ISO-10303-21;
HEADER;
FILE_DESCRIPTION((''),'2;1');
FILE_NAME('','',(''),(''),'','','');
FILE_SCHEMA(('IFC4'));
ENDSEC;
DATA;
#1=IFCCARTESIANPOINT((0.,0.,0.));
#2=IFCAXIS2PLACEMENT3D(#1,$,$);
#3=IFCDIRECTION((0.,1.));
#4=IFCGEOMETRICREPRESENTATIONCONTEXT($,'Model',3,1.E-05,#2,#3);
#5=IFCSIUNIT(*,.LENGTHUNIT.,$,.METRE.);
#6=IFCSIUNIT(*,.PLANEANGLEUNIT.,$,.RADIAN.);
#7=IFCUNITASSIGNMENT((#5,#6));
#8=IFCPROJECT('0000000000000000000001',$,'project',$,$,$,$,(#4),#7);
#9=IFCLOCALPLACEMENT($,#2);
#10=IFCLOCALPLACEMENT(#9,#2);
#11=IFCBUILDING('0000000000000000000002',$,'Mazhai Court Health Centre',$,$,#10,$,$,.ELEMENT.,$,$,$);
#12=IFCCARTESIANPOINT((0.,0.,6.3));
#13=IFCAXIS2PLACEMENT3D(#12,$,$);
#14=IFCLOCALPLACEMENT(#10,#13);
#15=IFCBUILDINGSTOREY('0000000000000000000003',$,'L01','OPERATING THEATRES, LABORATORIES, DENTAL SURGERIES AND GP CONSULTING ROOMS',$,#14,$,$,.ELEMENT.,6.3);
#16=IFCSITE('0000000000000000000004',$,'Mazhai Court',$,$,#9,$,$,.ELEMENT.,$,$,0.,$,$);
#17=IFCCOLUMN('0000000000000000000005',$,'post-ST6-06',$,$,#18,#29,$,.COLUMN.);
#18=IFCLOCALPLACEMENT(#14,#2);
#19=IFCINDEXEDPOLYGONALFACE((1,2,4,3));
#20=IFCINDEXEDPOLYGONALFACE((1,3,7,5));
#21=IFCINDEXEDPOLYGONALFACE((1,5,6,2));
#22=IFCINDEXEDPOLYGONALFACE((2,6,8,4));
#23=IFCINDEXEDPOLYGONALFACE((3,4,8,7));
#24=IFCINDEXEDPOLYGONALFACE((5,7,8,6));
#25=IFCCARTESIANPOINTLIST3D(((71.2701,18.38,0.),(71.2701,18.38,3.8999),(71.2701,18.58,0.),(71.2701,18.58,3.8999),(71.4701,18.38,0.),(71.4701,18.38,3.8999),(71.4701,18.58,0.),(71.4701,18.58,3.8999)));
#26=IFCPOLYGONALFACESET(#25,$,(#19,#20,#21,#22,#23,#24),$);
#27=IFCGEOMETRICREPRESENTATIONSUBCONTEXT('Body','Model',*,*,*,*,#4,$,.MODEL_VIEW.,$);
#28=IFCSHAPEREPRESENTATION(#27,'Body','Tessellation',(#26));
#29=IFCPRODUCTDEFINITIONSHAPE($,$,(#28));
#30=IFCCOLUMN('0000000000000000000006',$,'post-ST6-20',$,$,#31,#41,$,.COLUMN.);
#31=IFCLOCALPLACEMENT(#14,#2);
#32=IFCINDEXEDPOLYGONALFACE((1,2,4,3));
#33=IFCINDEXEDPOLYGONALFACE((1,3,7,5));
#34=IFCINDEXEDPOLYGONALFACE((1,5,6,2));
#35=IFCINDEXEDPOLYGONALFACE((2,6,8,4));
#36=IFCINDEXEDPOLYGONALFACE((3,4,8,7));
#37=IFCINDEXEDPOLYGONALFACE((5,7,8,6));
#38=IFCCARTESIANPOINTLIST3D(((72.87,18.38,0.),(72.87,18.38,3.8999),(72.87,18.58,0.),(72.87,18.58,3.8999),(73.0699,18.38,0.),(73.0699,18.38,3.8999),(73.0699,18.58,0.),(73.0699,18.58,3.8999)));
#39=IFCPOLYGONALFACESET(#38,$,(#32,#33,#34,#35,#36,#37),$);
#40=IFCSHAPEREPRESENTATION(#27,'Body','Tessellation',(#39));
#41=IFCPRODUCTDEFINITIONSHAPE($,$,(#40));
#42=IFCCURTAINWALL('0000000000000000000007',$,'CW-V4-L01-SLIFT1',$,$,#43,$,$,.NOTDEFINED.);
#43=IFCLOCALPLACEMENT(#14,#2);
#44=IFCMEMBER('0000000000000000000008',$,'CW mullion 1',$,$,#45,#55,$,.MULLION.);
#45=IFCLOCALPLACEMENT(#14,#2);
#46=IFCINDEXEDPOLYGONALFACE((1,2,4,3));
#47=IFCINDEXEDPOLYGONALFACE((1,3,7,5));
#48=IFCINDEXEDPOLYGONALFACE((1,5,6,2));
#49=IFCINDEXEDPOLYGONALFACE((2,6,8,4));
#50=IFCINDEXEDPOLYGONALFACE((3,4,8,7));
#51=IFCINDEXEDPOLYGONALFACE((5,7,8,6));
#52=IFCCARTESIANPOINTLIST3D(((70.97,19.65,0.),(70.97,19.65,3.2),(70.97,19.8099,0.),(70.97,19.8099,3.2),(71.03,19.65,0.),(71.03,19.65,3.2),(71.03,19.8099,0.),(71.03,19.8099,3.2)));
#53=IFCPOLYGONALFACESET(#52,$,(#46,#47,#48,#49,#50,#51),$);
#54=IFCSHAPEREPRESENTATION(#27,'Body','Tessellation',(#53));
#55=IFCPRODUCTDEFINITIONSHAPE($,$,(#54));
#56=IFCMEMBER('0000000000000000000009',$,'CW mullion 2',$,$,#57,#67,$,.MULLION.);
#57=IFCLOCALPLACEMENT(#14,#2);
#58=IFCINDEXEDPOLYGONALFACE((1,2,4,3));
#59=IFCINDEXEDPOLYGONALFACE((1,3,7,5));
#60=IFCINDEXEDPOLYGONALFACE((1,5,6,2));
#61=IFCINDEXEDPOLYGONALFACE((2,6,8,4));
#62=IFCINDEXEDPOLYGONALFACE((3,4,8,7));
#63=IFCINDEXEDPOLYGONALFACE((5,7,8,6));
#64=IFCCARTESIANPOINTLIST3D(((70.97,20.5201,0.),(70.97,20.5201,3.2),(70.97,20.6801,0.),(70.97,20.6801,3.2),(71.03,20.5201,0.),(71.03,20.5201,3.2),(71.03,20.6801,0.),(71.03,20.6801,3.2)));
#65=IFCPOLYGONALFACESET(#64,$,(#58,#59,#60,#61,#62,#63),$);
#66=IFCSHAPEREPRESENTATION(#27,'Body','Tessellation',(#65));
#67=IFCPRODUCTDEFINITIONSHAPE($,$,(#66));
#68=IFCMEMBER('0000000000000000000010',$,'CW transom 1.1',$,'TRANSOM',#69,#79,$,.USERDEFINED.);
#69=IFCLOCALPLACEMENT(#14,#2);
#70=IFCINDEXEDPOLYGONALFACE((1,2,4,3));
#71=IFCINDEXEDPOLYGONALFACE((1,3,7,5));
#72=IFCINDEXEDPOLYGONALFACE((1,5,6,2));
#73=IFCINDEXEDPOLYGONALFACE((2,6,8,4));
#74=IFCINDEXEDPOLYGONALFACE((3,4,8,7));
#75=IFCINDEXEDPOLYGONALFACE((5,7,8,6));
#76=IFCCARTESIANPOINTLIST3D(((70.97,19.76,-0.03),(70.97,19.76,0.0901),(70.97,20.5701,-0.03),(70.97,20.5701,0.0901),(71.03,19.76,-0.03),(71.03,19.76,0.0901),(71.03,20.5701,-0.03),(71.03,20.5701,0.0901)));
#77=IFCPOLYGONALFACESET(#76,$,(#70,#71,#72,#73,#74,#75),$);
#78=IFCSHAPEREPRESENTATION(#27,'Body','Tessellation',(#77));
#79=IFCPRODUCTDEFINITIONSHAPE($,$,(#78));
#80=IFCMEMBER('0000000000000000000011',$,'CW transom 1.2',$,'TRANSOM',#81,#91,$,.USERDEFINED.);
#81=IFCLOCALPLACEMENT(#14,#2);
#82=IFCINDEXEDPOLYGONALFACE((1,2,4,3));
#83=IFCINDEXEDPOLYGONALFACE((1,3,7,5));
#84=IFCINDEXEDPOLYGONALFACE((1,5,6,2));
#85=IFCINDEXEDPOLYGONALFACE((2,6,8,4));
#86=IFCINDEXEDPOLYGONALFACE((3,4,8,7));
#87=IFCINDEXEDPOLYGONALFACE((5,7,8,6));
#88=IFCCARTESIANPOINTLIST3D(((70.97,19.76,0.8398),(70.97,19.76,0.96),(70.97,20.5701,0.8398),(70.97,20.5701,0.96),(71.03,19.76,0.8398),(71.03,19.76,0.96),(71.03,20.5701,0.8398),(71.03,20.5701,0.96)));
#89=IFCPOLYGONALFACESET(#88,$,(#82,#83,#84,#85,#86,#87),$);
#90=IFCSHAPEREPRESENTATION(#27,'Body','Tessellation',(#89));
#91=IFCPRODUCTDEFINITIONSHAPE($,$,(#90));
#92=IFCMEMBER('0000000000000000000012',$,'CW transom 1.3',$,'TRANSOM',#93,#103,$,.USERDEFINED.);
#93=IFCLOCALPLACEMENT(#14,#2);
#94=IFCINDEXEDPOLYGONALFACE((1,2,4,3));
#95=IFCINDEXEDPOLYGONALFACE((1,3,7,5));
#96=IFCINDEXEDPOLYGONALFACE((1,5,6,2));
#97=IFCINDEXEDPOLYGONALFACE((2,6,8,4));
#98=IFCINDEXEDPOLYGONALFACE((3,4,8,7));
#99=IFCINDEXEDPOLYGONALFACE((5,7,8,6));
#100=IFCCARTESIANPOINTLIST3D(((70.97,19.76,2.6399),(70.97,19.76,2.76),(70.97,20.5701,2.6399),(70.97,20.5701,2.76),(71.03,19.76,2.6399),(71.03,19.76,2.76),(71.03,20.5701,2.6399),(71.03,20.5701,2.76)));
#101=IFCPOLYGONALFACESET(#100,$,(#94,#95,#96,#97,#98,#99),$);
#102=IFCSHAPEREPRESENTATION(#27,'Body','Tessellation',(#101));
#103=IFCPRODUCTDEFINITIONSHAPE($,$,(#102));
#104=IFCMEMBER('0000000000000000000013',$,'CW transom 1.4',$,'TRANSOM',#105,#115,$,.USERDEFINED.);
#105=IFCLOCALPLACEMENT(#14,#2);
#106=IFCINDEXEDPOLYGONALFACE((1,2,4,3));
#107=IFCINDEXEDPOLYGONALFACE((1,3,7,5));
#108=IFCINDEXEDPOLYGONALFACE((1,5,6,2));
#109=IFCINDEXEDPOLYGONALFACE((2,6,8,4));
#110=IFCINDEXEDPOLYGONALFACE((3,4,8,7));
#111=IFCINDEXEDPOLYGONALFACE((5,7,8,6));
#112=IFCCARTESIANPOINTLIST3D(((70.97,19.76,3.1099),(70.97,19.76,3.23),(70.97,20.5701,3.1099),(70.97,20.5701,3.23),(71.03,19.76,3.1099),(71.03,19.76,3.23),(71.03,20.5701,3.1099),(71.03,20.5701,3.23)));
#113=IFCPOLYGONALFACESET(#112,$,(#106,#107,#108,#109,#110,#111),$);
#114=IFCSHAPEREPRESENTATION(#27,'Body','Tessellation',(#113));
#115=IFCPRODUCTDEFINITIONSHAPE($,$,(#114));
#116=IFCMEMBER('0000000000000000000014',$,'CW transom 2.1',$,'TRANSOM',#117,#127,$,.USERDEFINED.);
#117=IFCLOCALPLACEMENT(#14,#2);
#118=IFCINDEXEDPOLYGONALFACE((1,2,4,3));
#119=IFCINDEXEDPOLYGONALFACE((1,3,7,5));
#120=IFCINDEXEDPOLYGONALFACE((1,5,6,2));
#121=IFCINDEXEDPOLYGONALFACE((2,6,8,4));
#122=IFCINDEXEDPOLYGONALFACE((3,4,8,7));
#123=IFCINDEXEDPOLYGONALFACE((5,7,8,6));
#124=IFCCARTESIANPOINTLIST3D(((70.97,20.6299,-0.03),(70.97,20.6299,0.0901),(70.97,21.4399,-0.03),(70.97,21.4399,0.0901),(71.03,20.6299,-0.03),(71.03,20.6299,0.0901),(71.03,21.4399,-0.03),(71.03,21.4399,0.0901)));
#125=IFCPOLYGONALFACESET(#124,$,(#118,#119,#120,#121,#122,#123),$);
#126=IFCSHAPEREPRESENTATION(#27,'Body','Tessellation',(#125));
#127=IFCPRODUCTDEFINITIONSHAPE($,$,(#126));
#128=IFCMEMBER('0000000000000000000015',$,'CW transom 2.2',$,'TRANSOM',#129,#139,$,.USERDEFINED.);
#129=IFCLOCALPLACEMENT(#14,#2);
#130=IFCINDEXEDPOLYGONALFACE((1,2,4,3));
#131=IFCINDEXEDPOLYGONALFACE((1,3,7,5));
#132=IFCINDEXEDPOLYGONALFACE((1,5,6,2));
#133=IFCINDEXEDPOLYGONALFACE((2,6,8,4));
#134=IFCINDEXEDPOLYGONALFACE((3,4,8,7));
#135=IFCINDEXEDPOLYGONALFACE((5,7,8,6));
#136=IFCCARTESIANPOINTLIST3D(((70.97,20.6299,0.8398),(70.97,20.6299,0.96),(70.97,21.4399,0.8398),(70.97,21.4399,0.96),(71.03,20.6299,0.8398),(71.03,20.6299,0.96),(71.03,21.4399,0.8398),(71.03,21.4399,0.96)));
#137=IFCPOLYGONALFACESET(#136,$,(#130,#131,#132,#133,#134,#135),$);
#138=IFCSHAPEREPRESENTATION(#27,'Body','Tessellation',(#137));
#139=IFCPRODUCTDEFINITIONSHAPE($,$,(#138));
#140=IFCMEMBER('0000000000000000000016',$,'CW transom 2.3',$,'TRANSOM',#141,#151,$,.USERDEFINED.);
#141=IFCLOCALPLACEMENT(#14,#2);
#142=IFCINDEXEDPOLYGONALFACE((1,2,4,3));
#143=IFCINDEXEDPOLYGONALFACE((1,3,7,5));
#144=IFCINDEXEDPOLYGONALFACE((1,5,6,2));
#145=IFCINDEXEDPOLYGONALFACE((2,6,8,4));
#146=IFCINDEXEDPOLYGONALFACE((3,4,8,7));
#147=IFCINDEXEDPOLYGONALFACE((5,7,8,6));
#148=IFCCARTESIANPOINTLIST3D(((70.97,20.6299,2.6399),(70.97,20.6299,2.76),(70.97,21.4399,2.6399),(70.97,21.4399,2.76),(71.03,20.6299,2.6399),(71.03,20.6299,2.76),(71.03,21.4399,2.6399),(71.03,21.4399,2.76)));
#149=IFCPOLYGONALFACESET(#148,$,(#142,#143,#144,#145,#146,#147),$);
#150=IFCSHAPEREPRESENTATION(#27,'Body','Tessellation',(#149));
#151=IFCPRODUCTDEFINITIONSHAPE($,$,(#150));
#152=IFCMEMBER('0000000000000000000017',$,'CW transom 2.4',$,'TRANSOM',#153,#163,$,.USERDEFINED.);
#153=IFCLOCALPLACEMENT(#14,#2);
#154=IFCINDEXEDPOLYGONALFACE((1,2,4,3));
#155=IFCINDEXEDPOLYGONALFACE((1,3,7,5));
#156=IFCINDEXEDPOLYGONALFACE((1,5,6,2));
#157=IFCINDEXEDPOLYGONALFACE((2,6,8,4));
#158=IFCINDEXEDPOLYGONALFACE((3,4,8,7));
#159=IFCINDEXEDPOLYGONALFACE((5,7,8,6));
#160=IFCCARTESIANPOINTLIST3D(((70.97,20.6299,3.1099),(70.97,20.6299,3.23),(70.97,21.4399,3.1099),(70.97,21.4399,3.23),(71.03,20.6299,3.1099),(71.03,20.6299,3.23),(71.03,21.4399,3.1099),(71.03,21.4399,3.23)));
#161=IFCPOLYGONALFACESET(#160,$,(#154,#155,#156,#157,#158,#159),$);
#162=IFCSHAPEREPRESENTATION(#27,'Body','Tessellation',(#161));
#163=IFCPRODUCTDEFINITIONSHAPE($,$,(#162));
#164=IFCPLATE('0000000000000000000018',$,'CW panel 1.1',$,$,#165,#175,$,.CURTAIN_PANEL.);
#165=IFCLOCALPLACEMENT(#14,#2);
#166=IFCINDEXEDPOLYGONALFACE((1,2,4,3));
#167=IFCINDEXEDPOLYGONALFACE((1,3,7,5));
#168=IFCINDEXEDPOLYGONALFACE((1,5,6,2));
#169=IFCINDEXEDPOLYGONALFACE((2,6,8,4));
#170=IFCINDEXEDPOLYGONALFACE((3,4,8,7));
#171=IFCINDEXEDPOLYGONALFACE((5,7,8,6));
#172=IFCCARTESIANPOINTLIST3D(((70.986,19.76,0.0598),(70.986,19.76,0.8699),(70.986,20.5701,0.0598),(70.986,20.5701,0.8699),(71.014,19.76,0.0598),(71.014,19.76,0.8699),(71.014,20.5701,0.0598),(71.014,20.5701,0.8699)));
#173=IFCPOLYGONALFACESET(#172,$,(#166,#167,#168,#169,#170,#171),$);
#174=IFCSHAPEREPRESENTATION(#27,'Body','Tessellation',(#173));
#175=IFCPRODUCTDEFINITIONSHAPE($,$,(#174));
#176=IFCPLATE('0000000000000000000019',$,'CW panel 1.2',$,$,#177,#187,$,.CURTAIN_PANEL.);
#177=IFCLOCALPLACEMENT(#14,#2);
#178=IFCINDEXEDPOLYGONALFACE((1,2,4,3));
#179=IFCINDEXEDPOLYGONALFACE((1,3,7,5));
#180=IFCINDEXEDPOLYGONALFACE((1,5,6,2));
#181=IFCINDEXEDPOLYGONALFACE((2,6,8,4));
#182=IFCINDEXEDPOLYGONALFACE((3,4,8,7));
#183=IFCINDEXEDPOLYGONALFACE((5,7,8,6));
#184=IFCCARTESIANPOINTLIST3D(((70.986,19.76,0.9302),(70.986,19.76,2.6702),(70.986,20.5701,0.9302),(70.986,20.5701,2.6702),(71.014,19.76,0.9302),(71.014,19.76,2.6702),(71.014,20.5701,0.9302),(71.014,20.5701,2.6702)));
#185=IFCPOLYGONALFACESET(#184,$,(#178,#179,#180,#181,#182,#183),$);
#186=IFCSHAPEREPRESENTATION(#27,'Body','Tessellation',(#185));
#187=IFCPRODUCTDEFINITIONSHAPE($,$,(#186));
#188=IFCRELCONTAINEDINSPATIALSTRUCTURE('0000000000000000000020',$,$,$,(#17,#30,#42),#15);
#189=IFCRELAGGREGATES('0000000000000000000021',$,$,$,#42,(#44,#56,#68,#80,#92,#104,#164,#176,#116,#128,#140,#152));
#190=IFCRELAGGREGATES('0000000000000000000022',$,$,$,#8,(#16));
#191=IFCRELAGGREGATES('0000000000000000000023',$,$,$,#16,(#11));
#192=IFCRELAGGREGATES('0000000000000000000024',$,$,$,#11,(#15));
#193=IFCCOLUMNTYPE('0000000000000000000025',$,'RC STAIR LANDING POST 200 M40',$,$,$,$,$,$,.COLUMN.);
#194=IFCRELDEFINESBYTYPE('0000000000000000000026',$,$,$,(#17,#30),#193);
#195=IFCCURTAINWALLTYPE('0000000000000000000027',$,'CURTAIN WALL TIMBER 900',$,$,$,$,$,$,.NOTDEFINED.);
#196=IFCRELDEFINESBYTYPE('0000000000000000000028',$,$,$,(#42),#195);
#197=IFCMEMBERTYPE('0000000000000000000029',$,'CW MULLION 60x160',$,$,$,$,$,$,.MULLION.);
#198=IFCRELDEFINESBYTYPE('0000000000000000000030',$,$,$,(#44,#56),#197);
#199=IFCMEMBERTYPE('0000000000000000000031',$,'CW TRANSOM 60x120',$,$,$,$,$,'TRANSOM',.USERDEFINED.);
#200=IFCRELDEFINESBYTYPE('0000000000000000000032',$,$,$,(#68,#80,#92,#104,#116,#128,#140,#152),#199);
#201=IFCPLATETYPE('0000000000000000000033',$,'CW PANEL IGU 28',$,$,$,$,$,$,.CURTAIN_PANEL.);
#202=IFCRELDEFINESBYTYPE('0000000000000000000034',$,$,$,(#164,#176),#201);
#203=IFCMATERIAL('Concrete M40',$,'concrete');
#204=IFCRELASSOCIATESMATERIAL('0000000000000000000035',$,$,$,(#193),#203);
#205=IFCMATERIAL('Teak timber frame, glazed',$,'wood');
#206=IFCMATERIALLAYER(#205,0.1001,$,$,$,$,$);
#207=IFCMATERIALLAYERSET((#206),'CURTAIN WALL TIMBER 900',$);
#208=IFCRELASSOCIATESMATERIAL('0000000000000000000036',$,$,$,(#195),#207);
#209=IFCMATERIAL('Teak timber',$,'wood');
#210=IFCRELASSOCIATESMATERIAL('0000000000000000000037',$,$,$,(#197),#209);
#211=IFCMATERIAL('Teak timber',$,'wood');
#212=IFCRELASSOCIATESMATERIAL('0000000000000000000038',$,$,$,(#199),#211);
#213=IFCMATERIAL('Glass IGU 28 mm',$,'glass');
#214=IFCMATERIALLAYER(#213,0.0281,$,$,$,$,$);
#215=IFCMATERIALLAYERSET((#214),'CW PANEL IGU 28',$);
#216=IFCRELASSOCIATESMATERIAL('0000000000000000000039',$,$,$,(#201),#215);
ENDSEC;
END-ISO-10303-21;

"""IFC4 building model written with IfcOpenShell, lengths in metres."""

from ifc_helpers import new_model, si_unit, direction, frame, origin, origin_2d, place, context, subcontext, project, spatial, rectangle, extrude, material, layer, layer_set, material_profile, profile_set, type_object, element, aggregate, save


model = new_model("IFC4")

# Units and contexts
model_context = context("Model", 3, precision=1e-05, world=origin(), true_north=direction((0.0, 1.0)))
body_context = subcontext(model_context, "Body", "Model", "MODEL_VIEW")
ifc_project = project(units=[si_unit("LENGTHUNIT", "METRE"), si_unit("PLANEANGLEUNIT", "RADIAN")], contexts=[model_context])

# Site, building, storey
site_placement = place(None, origin())
site = spatial("IfcSite", under=ifc_project, at=site_placement, Name="Mazhai Court", CompositionType="ELEMENT", RefElevation=0.0)
building_placement = place(site_placement, origin())
building = spatial("IfcBuilding", under=site, at=building_placement, Name="Mazhai Court Health Centre", CompositionType="ELEMENT")
storey_placement = place(building_placement, frame((0.0, 0.0, 6.3)))
storey = spatial("IfcBuildingStorey", under=building, at=storey_placement, Name="L01", Description="OPERATING THEATRES, LABORATORIES, DENTAL SURGERIES AND GP CONSULTING ROOMS", CompositionType="ELEMENT", Elevation=6.3)

# Columns
ifc_material_1 = material(Name="Concrete M40", Category="concrete")
ifc_material_profile_1 = material_profile(ifc_material_1, rectangle(XDim=0.2, YDim=0.2, at=origin_2d()), Name="RC 200x200")
ifc_profile_set_1 = profile_set([ifc_material_profile_1], Name="Concrete M40")
column_type = type_object("IfcColumnType", Name="RC STAIR LANDING POST 200 M40", PredefinedType="COLUMN", material=ifc_profile_set_1)
for number, where, z_axis, x_axis, name in (
    (1, (71.3701, 18.48, 0.0), (0.0, 0.0, 1.0), (1.0, 0.0, 0.0), "post-ST6-06"),
    (2, (72.97, 18.48, 0.0), (0.0, 0.0, 1.0), (1.0, 0.0, 0.0), "post-ST6-20"),
):
    element("IfcColumn", number, at=place(storey_placement, frame(where, z_axis=z_axis, x_axis=x_axis)), inside=storey, type_object=column_type, Name=name, PredefinedType="COLUMN", context=body_context, shape_type="SweptSolid", body=[
        extrude(rectangle(XDim=0.2, YDim=0.2, at=origin_2d()), origin(), (0.0, 0.0, 1.0), 3.8999),
    ])

# Curtain wall, members, plates
ifc_material_2 = material(Name="Teak timber frame, glazed", Category="wood")
ifc_layer_1 = layer(ifc_material_2, 0.1001)
ifc_layer_set_1 = layer_set([ifc_layer_1], Name="CURTAIN WALL TIMBER 900")
curtain_wall_type = type_object("IfcCurtainWallType", Name="CURTAIN WALL TIMBER 900", PredefinedType="NOTDEFINED", material=ifc_layer_set_1)
curtain_wall_placement = place(storey_placement, origin())
curtain_wall = element("IfcCurtainWall", 3, at=curtain_wall_placement, inside=storey, type_object=curtain_wall_type, Name="CW-V4-L01-SLIFT1", PredefinedType="NOTDEFINED")
ifc_material_3 = material(Name="Teak timber", Category="wood")
ifc_material_profile_2 = material_profile(ifc_material_3, rectangle(XDim=0.0601, YDim=0.1599, at=origin_2d()), Name="CW MULLION 60x160")
ifc_profile_set_2 = profile_set([ifc_material_profile_2], Name="Teak timber")
member_type_1 = type_object("IfcMemberType", Name="CW MULLION 60x160", PredefinedType="MULLION", material=ifc_profile_set_2)
member_1_placement = place(storey_placement, frame((71.0, 19.73, 0.0), z_axis=(0.0, 0.0, 1.0), x_axis=(-1.0, 0.0, 0.0)))
member_1 = element("IfcMember", 4, at=member_1_placement, type_object=member_type_1, Name="CW mullion 1", PredefinedType="MULLION", context=body_context, shape_type="SweptSolid", body=[
    extrude(rectangle(XDim=0.0601, YDim=0.1599, at=origin_2d()), origin(), (0.0, 0.0, 1.0), 3.2),
])
member_2_placement = place(storey_placement, frame((71.0, 20.6001, 0.0), z_axis=(0.0, 0.0, 1.0), x_axis=(-1.0, 0.0, 0.0)))
member_2 = element("IfcMember", 5, at=member_2_placement, type_object=member_type_1, Name="CW mullion 2", PredefinedType="MULLION", context=body_context, shape_type="SweptSolid", body=[
    extrude(rectangle(XDim=0.0601, YDim=0.1599, at=origin_2d()), origin(), (0.0, 0.0, 1.0), 3.2),
])
ifc_material_4 = material(Name="Teak timber", Category="wood")
ifc_material_profile_3 = material_profile(ifc_material_4, rectangle(XDim=0.0601, YDim=0.1201, at=origin_2d()), Name="CW TRANSOM 60x120")
ifc_profile_set_3 = profile_set([ifc_material_profile_3], Name="Teak timber")
member_type_2 = type_object("IfcMemberType", Name="CW TRANSOM 60x120", ElementType="TRANSOM", PredefinedType="USERDEFINED", material=ifc_profile_set_3)
member_3_placement = place(storey_placement, frame((71.0, 19.76, 0.03), z_axis=(0.0, 1.0, 0.0), x_axis=(-1.0, 0.0, 0.0)))
member_3 = element("IfcMember", 6, at=member_3_placement, type_object=member_type_2, Name="CW transom 1.1", ObjectType="TRANSOM", PredefinedType="USERDEFINED", context=body_context, shape_type="SweptSolid", body=[
    extrude(rectangle(XDim=0.0601, YDim=0.1201, at=origin_2d()), origin(), (0.0, 0.0, 1.0), 0.8101),
])
member_4_placement = place(storey_placement, frame((71.0, 19.76, 0.8999), z_axis=(0.0, 1.0, 0.0), x_axis=(-1.0, 0.0, 0.0)))
member_4 = element("IfcMember", 7, at=member_4_placement, type_object=member_type_2, Name="CW transom 1.2", ObjectType="TRANSOM", PredefinedType="USERDEFINED", context=body_context, shape_type="SweptSolid", body=[
    extrude(rectangle(XDim=0.0601, YDim=0.1201, at=origin_2d()), origin(), (0.0, 0.0, 1.0), 0.8101),
])
member_5_placement = place(storey_placement, frame((71.0, 19.76, 2.7), z_axis=(0.0, 1.0, 0.0), x_axis=(-1.0, 0.0, 0.0)))
member_5 = element("IfcMember", 8, at=member_5_placement, type_object=member_type_2, Name="CW transom 1.3", ObjectType="TRANSOM", PredefinedType="USERDEFINED", context=body_context, shape_type="SweptSolid", body=[
    extrude(rectangle(XDim=0.0601, YDim=0.1201, at=origin_2d()), origin(), (0.0, 0.0, 1.0), 0.8101),
])
member_6_placement = place(storey_placement, frame((71.0, 19.76, 3.1699), z_axis=(0.0, 1.0, 0.0), x_axis=(-1.0, 0.0, 0.0)))
member_6 = element("IfcMember", 9, at=member_6_placement, type_object=member_type_2, Name="CW transom 1.4", ObjectType="TRANSOM", PredefinedType="USERDEFINED", context=body_context, shape_type="SweptSolid", body=[
    extrude(rectangle(XDim=0.0601, YDim=0.1201, at=origin_2d()), origin(), (0.0, 0.0, 1.0), 0.8101),
])
member_7_placement = place(storey_placement, frame((71.0, 20.6299, 0.03), z_axis=(0.0, 1.0, 0.0), x_axis=(-1.0, 0.0, 0.0)))
member_7 = element("IfcMember", 10, at=member_7_placement, type_object=member_type_2, Name="CW transom 2.1", ObjectType="TRANSOM", PredefinedType="USERDEFINED", context=body_context, shape_type="SweptSolid", body=[
    extrude(rectangle(XDim=0.0601, YDim=0.1201, at=origin_2d()), origin(), (0.0, 0.0, 1.0), 0.8101),
])
member_8_placement = place(storey_placement, frame((71.0, 20.6299, 0.8999), z_axis=(0.0, 1.0, 0.0), x_axis=(-1.0, 0.0, 0.0)))
member_8 = element("IfcMember", 11, at=member_8_placement, type_object=member_type_2, Name="CW transom 2.2", ObjectType="TRANSOM", PredefinedType="USERDEFINED", context=body_context, shape_type="SweptSolid", body=[
    extrude(rectangle(XDim=0.0601, YDim=0.1201, at=origin_2d()), origin(), (0.0, 0.0, 1.0), 0.8101),
])
member_9_placement = place(storey_placement, frame((71.0, 20.6299, 2.7), z_axis=(0.0, 1.0, 0.0), x_axis=(-1.0, 0.0, 0.0)))
member_9 = element("IfcMember", 12, at=member_9_placement, type_object=member_type_2, Name="CW transom 2.3", ObjectType="TRANSOM", PredefinedType="USERDEFINED", context=body_context, shape_type="SweptSolid", body=[
    extrude(rectangle(XDim=0.0601, YDim=0.1201, at=origin_2d()), origin(), (0.0, 0.0, 1.0), 0.8101),
])
member_10_placement = place(storey_placement, frame((71.0, 20.6299, 3.1699), z_axis=(0.0, 1.0, 0.0), x_axis=(-1.0, 0.0, 0.0)))
member_10 = element("IfcMember", 13, at=member_10_placement, type_object=member_type_2, Name="CW transom 2.4", ObjectType="TRANSOM", PredefinedType="USERDEFINED", context=body_context, shape_type="SweptSolid", body=[
    extrude(rectangle(XDim=0.0601, YDim=0.1201, at=origin_2d()), origin(), (0.0, 0.0, 1.0), 0.8101),
])
ifc_material_5 = material(Name="Glass IGU 28 mm", Category="glass")
ifc_layer_2 = layer(ifc_material_5, 0.0281)
ifc_layer_set_2 = layer_set([ifc_layer_2], Name="CW PANEL IGU 28")
plate_type = type_object("IfcPlateType", Name="CW PANEL IGU 28", PredefinedType="CURTAIN_PANEL", material=ifc_layer_set_2)
plate_1_placement = place(storey_placement, frame((71.0, 20.165, 0.0598), z_axis=(0.0, 0.0, 1.0), x_axis=(0.0, 1.0, 0.0)))
plate_1 = element("IfcPlate", 14, at=plate_1_placement, type_object=plate_type, Name="CW panel 1.1", PredefinedType="CURTAIN_PANEL", context=body_context, shape_type="SweptSolid", body=[
    extrude(rectangle(XDim=0.8101, YDim=0.0281, at=origin_2d()), origin(), (0.0, 0.0, 1.0), 0.8101),
])
plate_2_placement = place(storey_placement, frame((71.0, 20.165, 0.9302), z_axis=(0.0, 0.0, 1.0), x_axis=(0.0, 1.0, 0.0)))
plate_2 = element("IfcPlate", 15, at=plate_2_placement, type_object=plate_type, Name="CW panel 1.2", PredefinedType="CURTAIN_PANEL", context=body_context, shape_type="SweptSolid", body=[
    extrude(rectangle(XDim=0.8101, YDim=0.0281, at=origin_2d()), origin(), (0.0, 0.0, 1.0), 1.74),
])
aggregate(curtain_wall, [member_1, member_2, member_3, member_4, member_5, member_6, plate_1, plate_2, member_7, member_8, member_9, member_10])

save(model, "model.ifc")
